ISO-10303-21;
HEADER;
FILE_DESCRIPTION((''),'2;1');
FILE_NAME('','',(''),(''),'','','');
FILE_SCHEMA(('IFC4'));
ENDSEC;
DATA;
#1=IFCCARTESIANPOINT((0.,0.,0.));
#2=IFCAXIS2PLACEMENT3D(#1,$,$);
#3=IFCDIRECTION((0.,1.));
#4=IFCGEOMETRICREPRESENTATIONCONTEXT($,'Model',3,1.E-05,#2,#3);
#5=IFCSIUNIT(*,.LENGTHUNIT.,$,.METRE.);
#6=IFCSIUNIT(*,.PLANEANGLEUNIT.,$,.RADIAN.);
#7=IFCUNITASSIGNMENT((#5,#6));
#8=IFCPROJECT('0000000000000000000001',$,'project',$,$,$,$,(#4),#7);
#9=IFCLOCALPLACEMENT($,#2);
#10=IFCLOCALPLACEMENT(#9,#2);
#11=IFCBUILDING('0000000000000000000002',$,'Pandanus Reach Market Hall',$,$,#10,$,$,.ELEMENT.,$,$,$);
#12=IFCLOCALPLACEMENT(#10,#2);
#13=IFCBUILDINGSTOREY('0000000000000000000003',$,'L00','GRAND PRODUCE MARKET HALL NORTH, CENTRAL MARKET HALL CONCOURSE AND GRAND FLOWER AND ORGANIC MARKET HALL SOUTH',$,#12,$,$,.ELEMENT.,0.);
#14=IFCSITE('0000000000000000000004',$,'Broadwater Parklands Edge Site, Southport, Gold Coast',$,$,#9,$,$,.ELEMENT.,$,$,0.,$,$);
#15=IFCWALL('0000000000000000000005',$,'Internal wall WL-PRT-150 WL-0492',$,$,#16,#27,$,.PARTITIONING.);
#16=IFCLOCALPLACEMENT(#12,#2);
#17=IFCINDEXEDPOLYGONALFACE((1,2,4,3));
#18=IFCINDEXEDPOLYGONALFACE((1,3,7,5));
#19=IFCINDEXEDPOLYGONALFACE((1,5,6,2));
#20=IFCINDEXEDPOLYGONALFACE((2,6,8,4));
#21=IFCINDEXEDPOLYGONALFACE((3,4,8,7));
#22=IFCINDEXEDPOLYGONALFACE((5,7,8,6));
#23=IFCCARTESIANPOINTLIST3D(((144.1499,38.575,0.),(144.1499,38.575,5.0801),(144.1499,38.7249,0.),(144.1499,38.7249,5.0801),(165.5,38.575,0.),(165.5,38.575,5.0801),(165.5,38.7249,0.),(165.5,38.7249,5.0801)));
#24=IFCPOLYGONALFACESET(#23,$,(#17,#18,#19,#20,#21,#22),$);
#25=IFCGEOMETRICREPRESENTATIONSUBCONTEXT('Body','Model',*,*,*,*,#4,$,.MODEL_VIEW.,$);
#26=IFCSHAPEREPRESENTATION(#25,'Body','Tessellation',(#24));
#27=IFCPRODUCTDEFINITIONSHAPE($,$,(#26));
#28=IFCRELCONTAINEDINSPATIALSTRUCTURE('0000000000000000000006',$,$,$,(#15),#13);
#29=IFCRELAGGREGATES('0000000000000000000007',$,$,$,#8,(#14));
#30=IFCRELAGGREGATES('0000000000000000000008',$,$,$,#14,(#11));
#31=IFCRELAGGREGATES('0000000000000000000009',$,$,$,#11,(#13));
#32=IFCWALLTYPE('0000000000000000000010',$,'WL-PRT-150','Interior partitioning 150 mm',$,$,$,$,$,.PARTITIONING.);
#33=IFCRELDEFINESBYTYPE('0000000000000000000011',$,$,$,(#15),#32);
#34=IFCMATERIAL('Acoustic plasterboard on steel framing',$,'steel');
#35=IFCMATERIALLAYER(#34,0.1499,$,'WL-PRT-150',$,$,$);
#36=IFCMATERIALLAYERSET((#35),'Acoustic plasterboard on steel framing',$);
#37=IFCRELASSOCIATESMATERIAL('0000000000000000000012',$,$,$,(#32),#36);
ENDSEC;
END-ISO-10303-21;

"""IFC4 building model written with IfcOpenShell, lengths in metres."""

from ifc_helpers import new_model, si_unit, direction, frame, frame_2d, origin, place, context, subcontext, project, spatial, rectangle, extrude, material, layer, layer_set, type_object, element, save


model = new_model("IFC4")

# Units and contexts
model_context = context("Model", 3, precision=1e-05, world=origin(), true_north=direction((0.0, 1.0)))
body_context = subcontext(model_context, "Body", "Model", "MODEL_VIEW")
ifc_project = project(units=[si_unit("LENGTHUNIT", "METRE"), si_unit("PLANEANGLEUNIT", "RADIAN")], contexts=[model_context])

# Site, building, storey
site_placement = place(None, origin())
site = spatial("IfcSite", under=ifc_project, at=site_placement, Name="Broadwater Parklands Edge Site, Southport, Gold Coast", CompositionType="ELEMENT", RefElevation=0.0)
building_placement = place(site_placement, origin())
building = spatial("IfcBuilding", under=site, at=building_placement, Name="Pandanus Reach Market Hall", CompositionType="ELEMENT")
storey_placement = place(building_placement, origin())
storey = spatial("IfcBuildingStorey", under=building, at=storey_placement, Name="L00", Description="GRAND PRODUCE MARKET HALL NORTH, CENTRAL MARKET HALL CONCOURSE AND GRAND FLOWER AND ORGANIC MARKET HALL SOUTH", CompositionType="ELEMENT", Elevation=0.0)

# Wall
ifc_material_1 = material(Name="Acoustic plasterboard on steel framing", Category="steel")
ifc_layer_1 = layer(ifc_material_1, 0.1499, Name="WL-PRT-150")
ifc_layer_set_1 = layer_set([ifc_layer_1], Name="Acoustic plasterboard on steel framing")
wall_type = type_object("IfcWallType", Name="WL-PRT-150", Description="Interior partitioning 150 mm", PredefinedType="PARTITIONING", material=ifc_layer_set_1)
wall_placement = place(storey_placement, frame((144.1499, 38.6499, 0.0), z_axis=(0.0, 0.0, 1.0), x_axis=(1.0, 0.0, 0.0)))
element("IfcWall", 1, at=wall_placement, inside=storey, type_object=wall_type, Name="Internal wall WL-PRT-150 WL-0492", PredefinedType="PARTITIONING", context=body_context, shape_type="SweptSolid", body=[
    extrude(rectangle(XDim=21.3501, YDim=0.1499, at=frame_2d((10.675, 0.0))), origin(), (0.0, 0.0, 1.0), 5.0801),
])

save(model, "model.ifc")
